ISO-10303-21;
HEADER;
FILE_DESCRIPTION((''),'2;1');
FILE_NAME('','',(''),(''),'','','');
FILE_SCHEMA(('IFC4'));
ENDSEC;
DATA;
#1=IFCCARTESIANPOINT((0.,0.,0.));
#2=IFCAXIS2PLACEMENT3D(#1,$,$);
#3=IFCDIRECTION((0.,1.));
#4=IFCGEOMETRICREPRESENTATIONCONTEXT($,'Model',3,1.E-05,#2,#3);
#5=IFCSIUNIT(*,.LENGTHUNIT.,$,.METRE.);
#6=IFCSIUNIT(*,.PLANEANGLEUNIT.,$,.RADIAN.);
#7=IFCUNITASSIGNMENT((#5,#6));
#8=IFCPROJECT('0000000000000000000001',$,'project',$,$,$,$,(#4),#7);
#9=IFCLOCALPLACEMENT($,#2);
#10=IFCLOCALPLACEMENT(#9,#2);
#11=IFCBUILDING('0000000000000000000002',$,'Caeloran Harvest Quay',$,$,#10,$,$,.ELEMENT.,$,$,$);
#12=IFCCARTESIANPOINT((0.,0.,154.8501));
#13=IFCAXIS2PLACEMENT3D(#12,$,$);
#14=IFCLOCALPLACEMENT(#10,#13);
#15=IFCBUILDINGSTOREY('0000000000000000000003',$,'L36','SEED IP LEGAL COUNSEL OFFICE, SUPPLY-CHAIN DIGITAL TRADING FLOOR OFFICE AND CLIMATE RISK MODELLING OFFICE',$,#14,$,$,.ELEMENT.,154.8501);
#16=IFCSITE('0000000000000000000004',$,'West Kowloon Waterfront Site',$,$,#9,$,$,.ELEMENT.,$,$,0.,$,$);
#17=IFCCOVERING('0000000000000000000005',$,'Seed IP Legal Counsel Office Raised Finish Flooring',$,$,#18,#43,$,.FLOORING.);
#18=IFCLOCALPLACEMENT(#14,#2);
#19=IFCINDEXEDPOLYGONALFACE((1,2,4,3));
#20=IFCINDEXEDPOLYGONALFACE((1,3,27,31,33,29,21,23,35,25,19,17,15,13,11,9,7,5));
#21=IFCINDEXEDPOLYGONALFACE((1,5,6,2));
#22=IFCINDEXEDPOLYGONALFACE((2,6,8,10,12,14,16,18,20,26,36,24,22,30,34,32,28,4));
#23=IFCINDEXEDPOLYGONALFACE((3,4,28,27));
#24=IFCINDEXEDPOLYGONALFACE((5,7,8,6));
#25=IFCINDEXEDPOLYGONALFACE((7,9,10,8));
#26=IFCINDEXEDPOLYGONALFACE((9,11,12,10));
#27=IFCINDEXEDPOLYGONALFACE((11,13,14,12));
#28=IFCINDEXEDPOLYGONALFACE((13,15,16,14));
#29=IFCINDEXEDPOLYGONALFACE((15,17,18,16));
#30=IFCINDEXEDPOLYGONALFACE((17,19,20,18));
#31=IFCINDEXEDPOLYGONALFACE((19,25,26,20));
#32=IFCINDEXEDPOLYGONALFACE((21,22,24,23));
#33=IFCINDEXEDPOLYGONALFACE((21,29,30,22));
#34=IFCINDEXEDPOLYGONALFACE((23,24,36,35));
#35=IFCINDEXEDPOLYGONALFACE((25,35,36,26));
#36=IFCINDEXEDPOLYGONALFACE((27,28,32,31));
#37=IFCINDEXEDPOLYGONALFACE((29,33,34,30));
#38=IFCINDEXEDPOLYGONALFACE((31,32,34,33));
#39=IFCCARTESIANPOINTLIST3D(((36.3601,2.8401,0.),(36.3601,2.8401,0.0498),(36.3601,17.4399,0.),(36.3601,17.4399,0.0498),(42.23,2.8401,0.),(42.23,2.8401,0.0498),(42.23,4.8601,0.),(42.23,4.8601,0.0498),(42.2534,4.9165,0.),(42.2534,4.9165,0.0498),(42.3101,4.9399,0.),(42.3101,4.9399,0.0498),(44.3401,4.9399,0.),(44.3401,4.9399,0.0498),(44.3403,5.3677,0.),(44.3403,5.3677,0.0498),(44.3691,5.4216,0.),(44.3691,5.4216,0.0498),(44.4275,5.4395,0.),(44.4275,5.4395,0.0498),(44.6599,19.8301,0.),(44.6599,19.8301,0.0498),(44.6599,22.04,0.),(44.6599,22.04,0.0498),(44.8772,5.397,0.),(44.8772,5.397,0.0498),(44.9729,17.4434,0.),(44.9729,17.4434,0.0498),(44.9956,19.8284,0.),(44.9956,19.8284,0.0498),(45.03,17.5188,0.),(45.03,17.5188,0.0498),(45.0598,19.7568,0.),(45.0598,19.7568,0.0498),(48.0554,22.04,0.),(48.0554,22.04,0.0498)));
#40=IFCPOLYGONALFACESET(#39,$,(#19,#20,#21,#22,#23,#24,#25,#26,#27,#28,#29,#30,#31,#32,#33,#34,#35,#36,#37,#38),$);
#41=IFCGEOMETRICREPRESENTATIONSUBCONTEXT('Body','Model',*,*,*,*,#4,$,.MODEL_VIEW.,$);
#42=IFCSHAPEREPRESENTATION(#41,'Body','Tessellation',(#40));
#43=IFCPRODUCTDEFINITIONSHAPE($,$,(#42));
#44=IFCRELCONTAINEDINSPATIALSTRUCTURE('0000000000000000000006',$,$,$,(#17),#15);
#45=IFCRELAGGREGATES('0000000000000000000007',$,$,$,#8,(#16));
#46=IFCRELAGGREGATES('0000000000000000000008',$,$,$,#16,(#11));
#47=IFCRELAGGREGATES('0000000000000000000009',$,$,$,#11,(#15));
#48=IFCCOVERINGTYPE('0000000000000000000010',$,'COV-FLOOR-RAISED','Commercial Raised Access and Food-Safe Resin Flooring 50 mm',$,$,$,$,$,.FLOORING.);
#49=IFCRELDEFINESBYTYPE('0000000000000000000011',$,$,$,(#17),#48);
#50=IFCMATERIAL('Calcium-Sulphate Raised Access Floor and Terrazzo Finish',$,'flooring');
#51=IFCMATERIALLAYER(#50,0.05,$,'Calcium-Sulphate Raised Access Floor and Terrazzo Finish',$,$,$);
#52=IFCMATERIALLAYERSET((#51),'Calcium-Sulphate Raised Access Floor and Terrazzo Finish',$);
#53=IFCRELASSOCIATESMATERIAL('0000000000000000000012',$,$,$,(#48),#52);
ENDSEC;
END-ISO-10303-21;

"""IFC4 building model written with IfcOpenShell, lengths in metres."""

from ifc_helpers import new_model, si_unit, direction, frame, origin, place, context, subcontext, project, spatial, polyline, outline, extrude, material, layer, layer_set, type_object, element, save


model = new_model("IFC4")

# Units and contexts
model_context = context("Model", 3, precision=1e-05, world=origin(), true_north=direction((0.0, 1.0)))
body_context = subcontext(model_context, "Body", "Model", "MODEL_VIEW")
ifc_project = project(units=[si_unit("LENGTHUNIT", "METRE"), si_unit("PLANEANGLEUNIT", "RADIAN")], contexts=[model_context])

# Site, building, storey
site_placement = place(None, origin())
site = spatial("IfcSite", under=ifc_project, at=site_placement, Name="West Kowloon Waterfront Site", CompositionType="ELEMENT", RefElevation=0.0)
building_placement = place(site_placement, origin())
building = spatial("IfcBuilding", under=site, at=building_placement, Name="Caeloran Harvest Quay", CompositionType="ELEMENT")
storey_placement = place(building_placement, frame((0.0, 0.0, 154.8501)))
storey = spatial("IfcBuildingStorey", under=building, at=storey_placement, Name="L36", Description="SEED IP LEGAL COUNSEL OFFICE, SUPPLY-CHAIN DIGITAL TRADING FLOOR OFFICE AND CLIMATE RISK MODELLING OFFICE", CompositionType="ELEMENT", Elevation=154.8501)

# Covering
ifc_material_1 = material(Name="Calcium-Sulphate Raised Access Floor and Terrazzo Finish", Category="flooring")
ifc_layer_1 = layer(ifc_material_1, 0.05, Name="Calcium-Sulphate Raised Access Floor and Terrazzo Finish")
ifc_layer_set_1 = layer_set([ifc_layer_1], Name="Calcium-Sulphate Raised Access Floor and Terrazzo Finish")
covering_type_1 = type_object("IfcCoveringType", Name="COV-FLOOR-RAISED", Description="Commercial Raised Access and Food-Safe Resin Flooring 50 mm", PredefinedType="FLOORING", material=ifc_layer_set_1)
covering_1_placement = place(storey_placement, origin())
element("IfcCovering", 1, at=covering_1_placement, inside=storey, type_object=covering_type_1, Name="Seed IP Legal Counsel Office Raised Finish Flooring", PredefinedType="FLOORING", context=body_context, shape_type="SweptSolid", body=[
    extrude(outline(polyline([(44.6599, 19.8301), (44.6599, 22.04), (48.0554, 22.04), (44.8772, 5.397), (44.4275, 5.4395), (44.3691, 5.4216), (44.3403, 5.3677), (44.3401, 4.9399), (42.3101, 4.9399), (42.2534, 4.9165), (42.23, 4.8601), (42.23, 2.8401), (36.3601, 2.8401), (36.3601, 17.4399), (44.9729, 17.4434), (45.03, 17.5188), (45.0598, 19.7568), (44.9956, 19.8284), (44.6599, 19.8301)])), origin(), (0.0, 0.0, 1.0), 0.0498),
])

save(model, "model.ifc")
